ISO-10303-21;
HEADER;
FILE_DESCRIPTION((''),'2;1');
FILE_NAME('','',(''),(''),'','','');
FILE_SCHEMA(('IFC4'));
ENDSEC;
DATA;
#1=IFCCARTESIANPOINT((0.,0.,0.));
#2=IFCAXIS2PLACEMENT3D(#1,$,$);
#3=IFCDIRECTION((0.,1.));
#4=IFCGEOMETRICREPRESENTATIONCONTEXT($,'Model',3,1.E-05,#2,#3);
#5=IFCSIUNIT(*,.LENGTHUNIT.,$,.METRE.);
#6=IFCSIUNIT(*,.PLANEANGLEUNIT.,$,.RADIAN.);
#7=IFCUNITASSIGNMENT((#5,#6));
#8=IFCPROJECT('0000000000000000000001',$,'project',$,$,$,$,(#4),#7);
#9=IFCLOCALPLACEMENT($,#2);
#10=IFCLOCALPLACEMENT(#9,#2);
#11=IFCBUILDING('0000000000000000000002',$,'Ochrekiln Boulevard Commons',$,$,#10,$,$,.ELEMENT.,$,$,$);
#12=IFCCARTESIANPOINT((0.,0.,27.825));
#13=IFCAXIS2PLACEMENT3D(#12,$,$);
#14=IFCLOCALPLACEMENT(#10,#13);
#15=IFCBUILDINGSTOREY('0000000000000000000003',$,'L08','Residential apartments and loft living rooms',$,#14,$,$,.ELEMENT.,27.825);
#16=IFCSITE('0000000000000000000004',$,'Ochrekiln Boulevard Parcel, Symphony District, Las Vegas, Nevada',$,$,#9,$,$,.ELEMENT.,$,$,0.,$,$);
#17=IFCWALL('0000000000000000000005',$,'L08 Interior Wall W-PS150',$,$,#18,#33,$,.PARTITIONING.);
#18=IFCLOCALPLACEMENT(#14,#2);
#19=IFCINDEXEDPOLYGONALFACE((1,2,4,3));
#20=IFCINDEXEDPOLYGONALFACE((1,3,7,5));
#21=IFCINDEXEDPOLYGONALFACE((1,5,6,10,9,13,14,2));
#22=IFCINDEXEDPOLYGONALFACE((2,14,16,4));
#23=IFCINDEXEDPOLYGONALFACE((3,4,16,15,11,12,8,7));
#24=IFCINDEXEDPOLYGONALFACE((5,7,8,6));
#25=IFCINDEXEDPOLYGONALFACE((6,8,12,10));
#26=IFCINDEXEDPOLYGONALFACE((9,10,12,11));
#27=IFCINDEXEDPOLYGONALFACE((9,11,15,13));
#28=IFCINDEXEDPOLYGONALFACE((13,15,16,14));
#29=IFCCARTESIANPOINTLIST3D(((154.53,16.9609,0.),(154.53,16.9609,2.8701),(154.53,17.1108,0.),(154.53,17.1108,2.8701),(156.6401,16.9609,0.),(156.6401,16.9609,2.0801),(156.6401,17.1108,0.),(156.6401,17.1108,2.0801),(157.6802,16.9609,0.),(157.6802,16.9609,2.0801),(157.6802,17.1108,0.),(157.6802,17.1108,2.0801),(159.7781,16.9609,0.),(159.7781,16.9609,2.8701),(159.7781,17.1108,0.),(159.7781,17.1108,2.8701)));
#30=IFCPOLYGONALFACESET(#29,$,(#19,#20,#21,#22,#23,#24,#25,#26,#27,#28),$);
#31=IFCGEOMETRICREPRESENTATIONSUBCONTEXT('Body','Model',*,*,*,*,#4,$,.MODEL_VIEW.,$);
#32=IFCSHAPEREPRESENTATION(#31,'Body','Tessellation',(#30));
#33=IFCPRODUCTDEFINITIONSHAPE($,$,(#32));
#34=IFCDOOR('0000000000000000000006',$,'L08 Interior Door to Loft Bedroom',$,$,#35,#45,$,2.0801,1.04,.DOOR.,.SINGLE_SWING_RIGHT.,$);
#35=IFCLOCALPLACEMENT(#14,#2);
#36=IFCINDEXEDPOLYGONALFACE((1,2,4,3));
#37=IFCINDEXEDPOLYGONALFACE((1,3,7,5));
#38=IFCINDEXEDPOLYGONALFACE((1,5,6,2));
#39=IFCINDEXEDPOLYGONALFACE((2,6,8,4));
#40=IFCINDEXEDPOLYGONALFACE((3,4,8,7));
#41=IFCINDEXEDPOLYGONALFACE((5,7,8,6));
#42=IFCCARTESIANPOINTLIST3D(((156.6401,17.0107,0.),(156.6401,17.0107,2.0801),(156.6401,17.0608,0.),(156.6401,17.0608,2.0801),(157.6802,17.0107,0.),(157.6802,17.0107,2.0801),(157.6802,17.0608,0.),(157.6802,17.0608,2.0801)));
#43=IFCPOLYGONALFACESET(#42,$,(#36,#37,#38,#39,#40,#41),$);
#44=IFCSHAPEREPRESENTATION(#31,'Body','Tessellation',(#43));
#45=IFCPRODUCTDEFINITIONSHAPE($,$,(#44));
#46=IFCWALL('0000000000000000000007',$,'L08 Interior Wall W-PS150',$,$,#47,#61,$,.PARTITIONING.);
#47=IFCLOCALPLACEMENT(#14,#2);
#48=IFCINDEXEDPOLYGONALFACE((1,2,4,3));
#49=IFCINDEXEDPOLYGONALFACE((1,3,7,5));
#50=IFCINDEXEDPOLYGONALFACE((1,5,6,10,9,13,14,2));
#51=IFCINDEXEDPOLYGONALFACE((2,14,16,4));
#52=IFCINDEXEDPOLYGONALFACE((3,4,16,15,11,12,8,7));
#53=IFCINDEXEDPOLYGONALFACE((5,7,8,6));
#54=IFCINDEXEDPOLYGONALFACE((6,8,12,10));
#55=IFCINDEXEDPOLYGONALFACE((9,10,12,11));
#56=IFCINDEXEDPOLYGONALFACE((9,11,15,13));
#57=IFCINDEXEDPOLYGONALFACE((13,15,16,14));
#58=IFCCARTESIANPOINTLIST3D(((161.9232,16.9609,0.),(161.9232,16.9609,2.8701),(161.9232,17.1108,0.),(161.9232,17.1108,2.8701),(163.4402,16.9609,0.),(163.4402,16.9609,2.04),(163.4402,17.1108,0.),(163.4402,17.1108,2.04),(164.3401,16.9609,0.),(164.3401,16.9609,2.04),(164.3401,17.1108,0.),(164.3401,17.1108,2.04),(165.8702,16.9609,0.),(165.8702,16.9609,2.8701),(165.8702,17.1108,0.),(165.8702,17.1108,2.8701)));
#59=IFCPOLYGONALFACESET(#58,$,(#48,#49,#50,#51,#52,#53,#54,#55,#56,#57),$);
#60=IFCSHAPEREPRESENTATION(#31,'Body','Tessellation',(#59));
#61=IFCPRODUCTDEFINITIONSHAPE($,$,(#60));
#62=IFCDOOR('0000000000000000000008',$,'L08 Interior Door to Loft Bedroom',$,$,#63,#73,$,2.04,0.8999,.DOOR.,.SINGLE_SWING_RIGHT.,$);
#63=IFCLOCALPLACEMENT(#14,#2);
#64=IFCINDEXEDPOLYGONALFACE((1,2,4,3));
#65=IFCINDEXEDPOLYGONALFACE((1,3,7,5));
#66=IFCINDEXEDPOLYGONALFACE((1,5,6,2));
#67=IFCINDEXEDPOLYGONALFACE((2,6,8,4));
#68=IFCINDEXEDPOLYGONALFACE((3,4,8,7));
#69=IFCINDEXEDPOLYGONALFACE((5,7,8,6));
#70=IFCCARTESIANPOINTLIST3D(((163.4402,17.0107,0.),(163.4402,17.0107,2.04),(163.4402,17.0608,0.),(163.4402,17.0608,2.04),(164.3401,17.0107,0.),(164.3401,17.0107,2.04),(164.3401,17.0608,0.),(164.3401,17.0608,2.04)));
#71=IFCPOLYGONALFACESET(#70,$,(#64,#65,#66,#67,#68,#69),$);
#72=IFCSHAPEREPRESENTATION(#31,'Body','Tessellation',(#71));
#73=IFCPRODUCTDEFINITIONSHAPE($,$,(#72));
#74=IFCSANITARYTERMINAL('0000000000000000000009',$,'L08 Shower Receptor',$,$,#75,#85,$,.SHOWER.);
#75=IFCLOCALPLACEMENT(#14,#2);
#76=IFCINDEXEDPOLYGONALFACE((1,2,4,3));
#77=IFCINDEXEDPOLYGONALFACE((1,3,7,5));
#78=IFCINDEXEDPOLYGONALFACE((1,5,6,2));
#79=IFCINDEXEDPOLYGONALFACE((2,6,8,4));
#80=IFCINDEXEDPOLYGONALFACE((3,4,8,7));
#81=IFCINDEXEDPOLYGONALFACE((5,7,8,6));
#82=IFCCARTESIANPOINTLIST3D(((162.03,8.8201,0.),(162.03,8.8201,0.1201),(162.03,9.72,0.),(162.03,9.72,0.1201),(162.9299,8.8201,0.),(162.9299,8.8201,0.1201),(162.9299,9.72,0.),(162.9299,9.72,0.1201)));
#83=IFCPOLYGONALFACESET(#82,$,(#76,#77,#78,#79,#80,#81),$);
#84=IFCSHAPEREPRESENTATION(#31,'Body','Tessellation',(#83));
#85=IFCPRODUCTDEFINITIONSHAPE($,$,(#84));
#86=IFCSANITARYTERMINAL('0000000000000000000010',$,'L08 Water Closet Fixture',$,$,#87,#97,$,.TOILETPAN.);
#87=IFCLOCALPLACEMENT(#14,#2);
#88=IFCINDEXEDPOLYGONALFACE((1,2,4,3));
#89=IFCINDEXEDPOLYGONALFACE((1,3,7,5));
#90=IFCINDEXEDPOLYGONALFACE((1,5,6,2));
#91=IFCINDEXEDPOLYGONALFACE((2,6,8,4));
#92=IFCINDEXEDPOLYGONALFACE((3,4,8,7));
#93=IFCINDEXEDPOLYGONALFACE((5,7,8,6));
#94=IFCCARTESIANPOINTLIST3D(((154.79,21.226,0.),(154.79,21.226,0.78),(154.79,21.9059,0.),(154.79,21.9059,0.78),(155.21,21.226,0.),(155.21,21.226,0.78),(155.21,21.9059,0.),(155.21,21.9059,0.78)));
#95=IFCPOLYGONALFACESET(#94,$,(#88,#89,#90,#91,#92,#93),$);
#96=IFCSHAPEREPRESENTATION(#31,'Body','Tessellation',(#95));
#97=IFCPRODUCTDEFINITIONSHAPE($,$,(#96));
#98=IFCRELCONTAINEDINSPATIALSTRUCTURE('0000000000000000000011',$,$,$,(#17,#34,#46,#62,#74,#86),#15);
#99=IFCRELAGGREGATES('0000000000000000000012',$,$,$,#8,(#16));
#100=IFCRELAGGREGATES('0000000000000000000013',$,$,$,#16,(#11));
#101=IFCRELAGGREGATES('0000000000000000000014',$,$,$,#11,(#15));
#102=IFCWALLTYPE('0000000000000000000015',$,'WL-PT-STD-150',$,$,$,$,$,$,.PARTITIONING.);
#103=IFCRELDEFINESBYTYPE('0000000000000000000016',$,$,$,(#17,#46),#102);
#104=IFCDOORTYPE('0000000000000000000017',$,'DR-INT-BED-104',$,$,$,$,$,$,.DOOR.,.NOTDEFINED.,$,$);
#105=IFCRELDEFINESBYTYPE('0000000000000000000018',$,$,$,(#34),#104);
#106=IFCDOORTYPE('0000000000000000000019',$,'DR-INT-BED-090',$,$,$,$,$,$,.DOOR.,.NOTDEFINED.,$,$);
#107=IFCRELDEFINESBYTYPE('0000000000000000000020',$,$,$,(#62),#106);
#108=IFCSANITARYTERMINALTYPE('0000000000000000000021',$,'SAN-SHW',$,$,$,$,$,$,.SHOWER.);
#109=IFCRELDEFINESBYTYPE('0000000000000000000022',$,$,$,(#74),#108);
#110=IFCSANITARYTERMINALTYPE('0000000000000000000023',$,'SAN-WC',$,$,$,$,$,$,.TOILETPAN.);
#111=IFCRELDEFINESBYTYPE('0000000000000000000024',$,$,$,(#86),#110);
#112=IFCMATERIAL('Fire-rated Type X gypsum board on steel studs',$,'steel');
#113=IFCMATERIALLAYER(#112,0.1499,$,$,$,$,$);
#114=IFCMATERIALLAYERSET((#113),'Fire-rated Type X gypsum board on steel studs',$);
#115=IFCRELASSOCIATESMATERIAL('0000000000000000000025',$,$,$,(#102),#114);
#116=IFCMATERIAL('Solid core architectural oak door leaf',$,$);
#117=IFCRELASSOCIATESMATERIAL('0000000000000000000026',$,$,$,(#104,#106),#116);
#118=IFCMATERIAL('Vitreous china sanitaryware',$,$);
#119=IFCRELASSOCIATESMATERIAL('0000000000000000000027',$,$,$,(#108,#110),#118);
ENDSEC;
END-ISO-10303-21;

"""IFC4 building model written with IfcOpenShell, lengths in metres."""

from ifc_helpers import new_model, si_unit, direction, frame, frame_2d, origin, origin_2d, place, context, subcontext, project, spatial, rectangle, extrude, material, layer, layer_set, type_object, element, fill, save


model = new_model("IFC4")

# Units and contexts
model_context = context("Model", 3, precision=1e-05, world=origin(), true_north=direction((0.0, 1.0)))
body_context = subcontext(model_context, "Body", "Model", "MODEL_VIEW")
ifc_project = project(units=[si_unit("LENGTHUNIT", "METRE"), si_unit("PLANEANGLEUNIT", "RADIAN")], contexts=[model_context])

# Site, building, storey
site_placement = place(None, origin())
site = spatial("IfcSite", under=ifc_project, at=site_placement, Name="Ochrekiln Boulevard Parcel, Symphony District, Las Vegas, Nevada", CompositionType="ELEMENT", RefElevation=0.0)
building_placement = place(site_placement, origin())
building = spatial("IfcBuilding", under=site, at=building_placement, Name="Ochrekiln Boulevard Commons", CompositionType="ELEMENT")
storey_placement = place(building_placement, frame((0.0, 0.0, 27.825)))
storey = spatial("IfcBuildingStorey", under=building, at=storey_placement, Name="L08", Description="Residential apartments and loft living rooms", CompositionType="ELEMENT", Elevation=27.825)

# Shared definitions
ifc_material_1 = material(Name="Solid core architectural oak door leaf")

# Shared definitions
ifc_material_2 = material(Name="Fire-rated Type X gypsum board on steel studs", Category="steel")

# Walls, openings, doors
ifc_layer_1 = layer(ifc_material_2, 0.1499)
ifc_layer_set_1 = layer_set([ifc_layer_1], Name="Fire-rated Type X gypsum board on steel studs")
wall_type_1 = type_object("IfcWallType", Name="WL-PT-STD-150", PredefinedType="PARTITIONING", material=ifc_layer_set_1)
wall_1_placement = place(storey_placement, frame((154.53, 17.0359, 0.0), z_axis=(0.0, 0.0, 1.0), x_axis=(1.0, 0.0, 0.0)))
wall_1 = element("IfcWall", 1, at=wall_1_placement, inside=storey, type_object=wall_type_1, Name="L08 Interior Wall W-PS150", PredefinedType="PARTITIONING", context=body_context, shape_type="SweptSolid", body=[
    extrude(rectangle(XDim=5.248, YDim=0.1499, at=frame_2d((2.624, 0.0))), origin(), (0.0, 0.0, 1.0), 2.8701),
])
opening_1_placement = place(wall_1_placement, frame((2.1101, 0.0, 0.0)))
opening_1 = element("IfcOpeningElement", 2, at=opening_1_placement, cuts=wall_1, PredefinedType="OPENING", context=body_context, shape_type="SweptSolid", body=[
    extrude(rectangle(XDim=1.04, YDim=2.0801, at=frame_2d((0.52, 1.04))), frame((0.0, 0.085, 0.0), z_axis=(0.0, -1.0, 0.0), x_axis=(1.0, 0.0, 0.0)), (0.0, 0.0, 1.0), 0.1699),
])
door_type_1 = type_object("IfcDoorType", Name="DR-INT-BED-104", OperationType="NOTDEFINED", PredefinedType="DOOR", material=ifc_material_1)
door_1_placement = place(opening_1_placement, origin())
door_1 = element("IfcDoor", 3, at=door_1_placement, inside=storey, type_object=door_type_1, Name="L08 Interior Door to Loft Bedroom", OperationType="SINGLE_SWING_RIGHT", OverallHeight=2.0801, OverallWidth=1.04, PredefinedType="DOOR", context=body_context, shape_type="SweptSolid", body=[
    extrude(rectangle(XDim=1.04, YDim=2.0801, at=frame_2d((0.52, 1.04))), frame((0.0, 0.0249, 0.0), z_axis=(0.0, -1.0, 0.0), x_axis=(1.0, 0.0, 0.0)), (0.0, 0.0, 1.0), 0.05),
])
fill(opening_1, door_1)
wall_2_placement = place(storey_placement, frame((161.9231, 17.0359, 0.0), z_axis=(0.0, 0.0, 1.0), x_axis=(1.0, 0.0, 0.0)))
wall_2 = element("IfcWall", 4, at=wall_2_placement, inside=storey, type_object=wall_type_1, Name="L08 Interior Wall W-PS150", PredefinedType="PARTITIONING", context=body_context, shape_type="SweptSolid", body=[
    extrude(rectangle(XDim=3.947, YDim=0.1499, at=frame_2d((1.9736, 0.0))), origin(), (0.0, 0.0, 1.0), 2.8701),
])
opening_2_placement = place(wall_2_placement, frame((1.5171, 0.0, 0.0)))
opening_2 = element("IfcOpeningElement", 5, at=opening_2_placement, cuts=wall_2, PredefinedType="OPENING", context=body_context, shape_type="SweptSolid", body=[
    extrude(rectangle(XDim=0.8999, YDim=2.04, at=frame_2d((0.45, 1.02))), frame((0.0, 0.085, 0.0), z_axis=(0.0, -1.0, 0.0), x_axis=(1.0, 0.0, 0.0)), (0.0, 0.0, 1.0), 0.1699),
])
door_type_2 = type_object("IfcDoorType", Name="DR-INT-BED-090", OperationType="NOTDEFINED", PredefinedType="DOOR", material=ifc_material_1)
door_2_placement = place(opening_2_placement, origin())
door_2 = element("IfcDoor", 6, at=door_2_placement, inside=storey, type_object=door_type_2, Name="L08 Interior Door to Loft Bedroom", OperationType="SINGLE_SWING_RIGHT", OverallHeight=2.04, OverallWidth=0.8999, PredefinedType="DOOR", context=body_context, shape_type="SweptSolid", body=[
    extrude(rectangle(XDim=0.8999, YDim=2.04, at=frame_2d((0.45, 1.02))), frame((0.0, 0.0249, 0.0), z_axis=(0.0, -1.0, 0.0), x_axis=(1.0, 0.0, 0.0)), (0.0, 0.0, 1.0), 0.05),
])
fill(opening_2, door_2)

# Sanitary terminals
ifc_material_3 = material(Name="Vitreous china sanitaryware")
sanitary_terminal_type_1 = type_object("IfcSanitaryTerminalType", Name="SAN-SHW", PredefinedType="SHOWER", material=ifc_material_3)
sanitary_terminal_1_placement = place(storey_placement, frame((162.48, 9.27, 0.0), z_axis=(0.0, 0.0, 1.0), x_axis=(1.0, 0.0, 0.0)))
element("IfcSanitaryTerminal", 7, at=sanitary_terminal_1_placement, inside=storey, type_object=sanitary_terminal_type_1, Name="L08 Shower Receptor", PredefinedType="SHOWER", context=body_context, shape_type="SweptSolid", body=[
    extrude(rectangle(XDim=0.8999, YDim=0.8999, at=origin_2d()), origin(), (0.0, 0.0, 1.0), 0.1201),
])
sanitary_terminal_type_2 = type_object("IfcSanitaryTerminalType", Name="SAN-WC", PredefinedType="TOILETPAN", material=ifc_material_3)
sanitary_terminal_2_placement = place(storey_placement, frame((155.0, 21.5659, 0.0), z_axis=(0.0, 0.0, 1.0), x_axis=(1.0, 0.0, 0.0)))
element("IfcSanitaryTerminal", 8, at=sanitary_terminal_2_placement, inside=storey, type_object=sanitary_terminal_type_2, Name="L08 Water Closet Fixture", PredefinedType="TOILETPAN", context=body_context, shape_type="SweptSolid", body=[
    extrude(rectangle(XDim=0.4199, YDim=0.6799, at=origin_2d()), origin(), (0.0, 0.0, 1.0), 0.78),
])

save(model, "model.ifc")
